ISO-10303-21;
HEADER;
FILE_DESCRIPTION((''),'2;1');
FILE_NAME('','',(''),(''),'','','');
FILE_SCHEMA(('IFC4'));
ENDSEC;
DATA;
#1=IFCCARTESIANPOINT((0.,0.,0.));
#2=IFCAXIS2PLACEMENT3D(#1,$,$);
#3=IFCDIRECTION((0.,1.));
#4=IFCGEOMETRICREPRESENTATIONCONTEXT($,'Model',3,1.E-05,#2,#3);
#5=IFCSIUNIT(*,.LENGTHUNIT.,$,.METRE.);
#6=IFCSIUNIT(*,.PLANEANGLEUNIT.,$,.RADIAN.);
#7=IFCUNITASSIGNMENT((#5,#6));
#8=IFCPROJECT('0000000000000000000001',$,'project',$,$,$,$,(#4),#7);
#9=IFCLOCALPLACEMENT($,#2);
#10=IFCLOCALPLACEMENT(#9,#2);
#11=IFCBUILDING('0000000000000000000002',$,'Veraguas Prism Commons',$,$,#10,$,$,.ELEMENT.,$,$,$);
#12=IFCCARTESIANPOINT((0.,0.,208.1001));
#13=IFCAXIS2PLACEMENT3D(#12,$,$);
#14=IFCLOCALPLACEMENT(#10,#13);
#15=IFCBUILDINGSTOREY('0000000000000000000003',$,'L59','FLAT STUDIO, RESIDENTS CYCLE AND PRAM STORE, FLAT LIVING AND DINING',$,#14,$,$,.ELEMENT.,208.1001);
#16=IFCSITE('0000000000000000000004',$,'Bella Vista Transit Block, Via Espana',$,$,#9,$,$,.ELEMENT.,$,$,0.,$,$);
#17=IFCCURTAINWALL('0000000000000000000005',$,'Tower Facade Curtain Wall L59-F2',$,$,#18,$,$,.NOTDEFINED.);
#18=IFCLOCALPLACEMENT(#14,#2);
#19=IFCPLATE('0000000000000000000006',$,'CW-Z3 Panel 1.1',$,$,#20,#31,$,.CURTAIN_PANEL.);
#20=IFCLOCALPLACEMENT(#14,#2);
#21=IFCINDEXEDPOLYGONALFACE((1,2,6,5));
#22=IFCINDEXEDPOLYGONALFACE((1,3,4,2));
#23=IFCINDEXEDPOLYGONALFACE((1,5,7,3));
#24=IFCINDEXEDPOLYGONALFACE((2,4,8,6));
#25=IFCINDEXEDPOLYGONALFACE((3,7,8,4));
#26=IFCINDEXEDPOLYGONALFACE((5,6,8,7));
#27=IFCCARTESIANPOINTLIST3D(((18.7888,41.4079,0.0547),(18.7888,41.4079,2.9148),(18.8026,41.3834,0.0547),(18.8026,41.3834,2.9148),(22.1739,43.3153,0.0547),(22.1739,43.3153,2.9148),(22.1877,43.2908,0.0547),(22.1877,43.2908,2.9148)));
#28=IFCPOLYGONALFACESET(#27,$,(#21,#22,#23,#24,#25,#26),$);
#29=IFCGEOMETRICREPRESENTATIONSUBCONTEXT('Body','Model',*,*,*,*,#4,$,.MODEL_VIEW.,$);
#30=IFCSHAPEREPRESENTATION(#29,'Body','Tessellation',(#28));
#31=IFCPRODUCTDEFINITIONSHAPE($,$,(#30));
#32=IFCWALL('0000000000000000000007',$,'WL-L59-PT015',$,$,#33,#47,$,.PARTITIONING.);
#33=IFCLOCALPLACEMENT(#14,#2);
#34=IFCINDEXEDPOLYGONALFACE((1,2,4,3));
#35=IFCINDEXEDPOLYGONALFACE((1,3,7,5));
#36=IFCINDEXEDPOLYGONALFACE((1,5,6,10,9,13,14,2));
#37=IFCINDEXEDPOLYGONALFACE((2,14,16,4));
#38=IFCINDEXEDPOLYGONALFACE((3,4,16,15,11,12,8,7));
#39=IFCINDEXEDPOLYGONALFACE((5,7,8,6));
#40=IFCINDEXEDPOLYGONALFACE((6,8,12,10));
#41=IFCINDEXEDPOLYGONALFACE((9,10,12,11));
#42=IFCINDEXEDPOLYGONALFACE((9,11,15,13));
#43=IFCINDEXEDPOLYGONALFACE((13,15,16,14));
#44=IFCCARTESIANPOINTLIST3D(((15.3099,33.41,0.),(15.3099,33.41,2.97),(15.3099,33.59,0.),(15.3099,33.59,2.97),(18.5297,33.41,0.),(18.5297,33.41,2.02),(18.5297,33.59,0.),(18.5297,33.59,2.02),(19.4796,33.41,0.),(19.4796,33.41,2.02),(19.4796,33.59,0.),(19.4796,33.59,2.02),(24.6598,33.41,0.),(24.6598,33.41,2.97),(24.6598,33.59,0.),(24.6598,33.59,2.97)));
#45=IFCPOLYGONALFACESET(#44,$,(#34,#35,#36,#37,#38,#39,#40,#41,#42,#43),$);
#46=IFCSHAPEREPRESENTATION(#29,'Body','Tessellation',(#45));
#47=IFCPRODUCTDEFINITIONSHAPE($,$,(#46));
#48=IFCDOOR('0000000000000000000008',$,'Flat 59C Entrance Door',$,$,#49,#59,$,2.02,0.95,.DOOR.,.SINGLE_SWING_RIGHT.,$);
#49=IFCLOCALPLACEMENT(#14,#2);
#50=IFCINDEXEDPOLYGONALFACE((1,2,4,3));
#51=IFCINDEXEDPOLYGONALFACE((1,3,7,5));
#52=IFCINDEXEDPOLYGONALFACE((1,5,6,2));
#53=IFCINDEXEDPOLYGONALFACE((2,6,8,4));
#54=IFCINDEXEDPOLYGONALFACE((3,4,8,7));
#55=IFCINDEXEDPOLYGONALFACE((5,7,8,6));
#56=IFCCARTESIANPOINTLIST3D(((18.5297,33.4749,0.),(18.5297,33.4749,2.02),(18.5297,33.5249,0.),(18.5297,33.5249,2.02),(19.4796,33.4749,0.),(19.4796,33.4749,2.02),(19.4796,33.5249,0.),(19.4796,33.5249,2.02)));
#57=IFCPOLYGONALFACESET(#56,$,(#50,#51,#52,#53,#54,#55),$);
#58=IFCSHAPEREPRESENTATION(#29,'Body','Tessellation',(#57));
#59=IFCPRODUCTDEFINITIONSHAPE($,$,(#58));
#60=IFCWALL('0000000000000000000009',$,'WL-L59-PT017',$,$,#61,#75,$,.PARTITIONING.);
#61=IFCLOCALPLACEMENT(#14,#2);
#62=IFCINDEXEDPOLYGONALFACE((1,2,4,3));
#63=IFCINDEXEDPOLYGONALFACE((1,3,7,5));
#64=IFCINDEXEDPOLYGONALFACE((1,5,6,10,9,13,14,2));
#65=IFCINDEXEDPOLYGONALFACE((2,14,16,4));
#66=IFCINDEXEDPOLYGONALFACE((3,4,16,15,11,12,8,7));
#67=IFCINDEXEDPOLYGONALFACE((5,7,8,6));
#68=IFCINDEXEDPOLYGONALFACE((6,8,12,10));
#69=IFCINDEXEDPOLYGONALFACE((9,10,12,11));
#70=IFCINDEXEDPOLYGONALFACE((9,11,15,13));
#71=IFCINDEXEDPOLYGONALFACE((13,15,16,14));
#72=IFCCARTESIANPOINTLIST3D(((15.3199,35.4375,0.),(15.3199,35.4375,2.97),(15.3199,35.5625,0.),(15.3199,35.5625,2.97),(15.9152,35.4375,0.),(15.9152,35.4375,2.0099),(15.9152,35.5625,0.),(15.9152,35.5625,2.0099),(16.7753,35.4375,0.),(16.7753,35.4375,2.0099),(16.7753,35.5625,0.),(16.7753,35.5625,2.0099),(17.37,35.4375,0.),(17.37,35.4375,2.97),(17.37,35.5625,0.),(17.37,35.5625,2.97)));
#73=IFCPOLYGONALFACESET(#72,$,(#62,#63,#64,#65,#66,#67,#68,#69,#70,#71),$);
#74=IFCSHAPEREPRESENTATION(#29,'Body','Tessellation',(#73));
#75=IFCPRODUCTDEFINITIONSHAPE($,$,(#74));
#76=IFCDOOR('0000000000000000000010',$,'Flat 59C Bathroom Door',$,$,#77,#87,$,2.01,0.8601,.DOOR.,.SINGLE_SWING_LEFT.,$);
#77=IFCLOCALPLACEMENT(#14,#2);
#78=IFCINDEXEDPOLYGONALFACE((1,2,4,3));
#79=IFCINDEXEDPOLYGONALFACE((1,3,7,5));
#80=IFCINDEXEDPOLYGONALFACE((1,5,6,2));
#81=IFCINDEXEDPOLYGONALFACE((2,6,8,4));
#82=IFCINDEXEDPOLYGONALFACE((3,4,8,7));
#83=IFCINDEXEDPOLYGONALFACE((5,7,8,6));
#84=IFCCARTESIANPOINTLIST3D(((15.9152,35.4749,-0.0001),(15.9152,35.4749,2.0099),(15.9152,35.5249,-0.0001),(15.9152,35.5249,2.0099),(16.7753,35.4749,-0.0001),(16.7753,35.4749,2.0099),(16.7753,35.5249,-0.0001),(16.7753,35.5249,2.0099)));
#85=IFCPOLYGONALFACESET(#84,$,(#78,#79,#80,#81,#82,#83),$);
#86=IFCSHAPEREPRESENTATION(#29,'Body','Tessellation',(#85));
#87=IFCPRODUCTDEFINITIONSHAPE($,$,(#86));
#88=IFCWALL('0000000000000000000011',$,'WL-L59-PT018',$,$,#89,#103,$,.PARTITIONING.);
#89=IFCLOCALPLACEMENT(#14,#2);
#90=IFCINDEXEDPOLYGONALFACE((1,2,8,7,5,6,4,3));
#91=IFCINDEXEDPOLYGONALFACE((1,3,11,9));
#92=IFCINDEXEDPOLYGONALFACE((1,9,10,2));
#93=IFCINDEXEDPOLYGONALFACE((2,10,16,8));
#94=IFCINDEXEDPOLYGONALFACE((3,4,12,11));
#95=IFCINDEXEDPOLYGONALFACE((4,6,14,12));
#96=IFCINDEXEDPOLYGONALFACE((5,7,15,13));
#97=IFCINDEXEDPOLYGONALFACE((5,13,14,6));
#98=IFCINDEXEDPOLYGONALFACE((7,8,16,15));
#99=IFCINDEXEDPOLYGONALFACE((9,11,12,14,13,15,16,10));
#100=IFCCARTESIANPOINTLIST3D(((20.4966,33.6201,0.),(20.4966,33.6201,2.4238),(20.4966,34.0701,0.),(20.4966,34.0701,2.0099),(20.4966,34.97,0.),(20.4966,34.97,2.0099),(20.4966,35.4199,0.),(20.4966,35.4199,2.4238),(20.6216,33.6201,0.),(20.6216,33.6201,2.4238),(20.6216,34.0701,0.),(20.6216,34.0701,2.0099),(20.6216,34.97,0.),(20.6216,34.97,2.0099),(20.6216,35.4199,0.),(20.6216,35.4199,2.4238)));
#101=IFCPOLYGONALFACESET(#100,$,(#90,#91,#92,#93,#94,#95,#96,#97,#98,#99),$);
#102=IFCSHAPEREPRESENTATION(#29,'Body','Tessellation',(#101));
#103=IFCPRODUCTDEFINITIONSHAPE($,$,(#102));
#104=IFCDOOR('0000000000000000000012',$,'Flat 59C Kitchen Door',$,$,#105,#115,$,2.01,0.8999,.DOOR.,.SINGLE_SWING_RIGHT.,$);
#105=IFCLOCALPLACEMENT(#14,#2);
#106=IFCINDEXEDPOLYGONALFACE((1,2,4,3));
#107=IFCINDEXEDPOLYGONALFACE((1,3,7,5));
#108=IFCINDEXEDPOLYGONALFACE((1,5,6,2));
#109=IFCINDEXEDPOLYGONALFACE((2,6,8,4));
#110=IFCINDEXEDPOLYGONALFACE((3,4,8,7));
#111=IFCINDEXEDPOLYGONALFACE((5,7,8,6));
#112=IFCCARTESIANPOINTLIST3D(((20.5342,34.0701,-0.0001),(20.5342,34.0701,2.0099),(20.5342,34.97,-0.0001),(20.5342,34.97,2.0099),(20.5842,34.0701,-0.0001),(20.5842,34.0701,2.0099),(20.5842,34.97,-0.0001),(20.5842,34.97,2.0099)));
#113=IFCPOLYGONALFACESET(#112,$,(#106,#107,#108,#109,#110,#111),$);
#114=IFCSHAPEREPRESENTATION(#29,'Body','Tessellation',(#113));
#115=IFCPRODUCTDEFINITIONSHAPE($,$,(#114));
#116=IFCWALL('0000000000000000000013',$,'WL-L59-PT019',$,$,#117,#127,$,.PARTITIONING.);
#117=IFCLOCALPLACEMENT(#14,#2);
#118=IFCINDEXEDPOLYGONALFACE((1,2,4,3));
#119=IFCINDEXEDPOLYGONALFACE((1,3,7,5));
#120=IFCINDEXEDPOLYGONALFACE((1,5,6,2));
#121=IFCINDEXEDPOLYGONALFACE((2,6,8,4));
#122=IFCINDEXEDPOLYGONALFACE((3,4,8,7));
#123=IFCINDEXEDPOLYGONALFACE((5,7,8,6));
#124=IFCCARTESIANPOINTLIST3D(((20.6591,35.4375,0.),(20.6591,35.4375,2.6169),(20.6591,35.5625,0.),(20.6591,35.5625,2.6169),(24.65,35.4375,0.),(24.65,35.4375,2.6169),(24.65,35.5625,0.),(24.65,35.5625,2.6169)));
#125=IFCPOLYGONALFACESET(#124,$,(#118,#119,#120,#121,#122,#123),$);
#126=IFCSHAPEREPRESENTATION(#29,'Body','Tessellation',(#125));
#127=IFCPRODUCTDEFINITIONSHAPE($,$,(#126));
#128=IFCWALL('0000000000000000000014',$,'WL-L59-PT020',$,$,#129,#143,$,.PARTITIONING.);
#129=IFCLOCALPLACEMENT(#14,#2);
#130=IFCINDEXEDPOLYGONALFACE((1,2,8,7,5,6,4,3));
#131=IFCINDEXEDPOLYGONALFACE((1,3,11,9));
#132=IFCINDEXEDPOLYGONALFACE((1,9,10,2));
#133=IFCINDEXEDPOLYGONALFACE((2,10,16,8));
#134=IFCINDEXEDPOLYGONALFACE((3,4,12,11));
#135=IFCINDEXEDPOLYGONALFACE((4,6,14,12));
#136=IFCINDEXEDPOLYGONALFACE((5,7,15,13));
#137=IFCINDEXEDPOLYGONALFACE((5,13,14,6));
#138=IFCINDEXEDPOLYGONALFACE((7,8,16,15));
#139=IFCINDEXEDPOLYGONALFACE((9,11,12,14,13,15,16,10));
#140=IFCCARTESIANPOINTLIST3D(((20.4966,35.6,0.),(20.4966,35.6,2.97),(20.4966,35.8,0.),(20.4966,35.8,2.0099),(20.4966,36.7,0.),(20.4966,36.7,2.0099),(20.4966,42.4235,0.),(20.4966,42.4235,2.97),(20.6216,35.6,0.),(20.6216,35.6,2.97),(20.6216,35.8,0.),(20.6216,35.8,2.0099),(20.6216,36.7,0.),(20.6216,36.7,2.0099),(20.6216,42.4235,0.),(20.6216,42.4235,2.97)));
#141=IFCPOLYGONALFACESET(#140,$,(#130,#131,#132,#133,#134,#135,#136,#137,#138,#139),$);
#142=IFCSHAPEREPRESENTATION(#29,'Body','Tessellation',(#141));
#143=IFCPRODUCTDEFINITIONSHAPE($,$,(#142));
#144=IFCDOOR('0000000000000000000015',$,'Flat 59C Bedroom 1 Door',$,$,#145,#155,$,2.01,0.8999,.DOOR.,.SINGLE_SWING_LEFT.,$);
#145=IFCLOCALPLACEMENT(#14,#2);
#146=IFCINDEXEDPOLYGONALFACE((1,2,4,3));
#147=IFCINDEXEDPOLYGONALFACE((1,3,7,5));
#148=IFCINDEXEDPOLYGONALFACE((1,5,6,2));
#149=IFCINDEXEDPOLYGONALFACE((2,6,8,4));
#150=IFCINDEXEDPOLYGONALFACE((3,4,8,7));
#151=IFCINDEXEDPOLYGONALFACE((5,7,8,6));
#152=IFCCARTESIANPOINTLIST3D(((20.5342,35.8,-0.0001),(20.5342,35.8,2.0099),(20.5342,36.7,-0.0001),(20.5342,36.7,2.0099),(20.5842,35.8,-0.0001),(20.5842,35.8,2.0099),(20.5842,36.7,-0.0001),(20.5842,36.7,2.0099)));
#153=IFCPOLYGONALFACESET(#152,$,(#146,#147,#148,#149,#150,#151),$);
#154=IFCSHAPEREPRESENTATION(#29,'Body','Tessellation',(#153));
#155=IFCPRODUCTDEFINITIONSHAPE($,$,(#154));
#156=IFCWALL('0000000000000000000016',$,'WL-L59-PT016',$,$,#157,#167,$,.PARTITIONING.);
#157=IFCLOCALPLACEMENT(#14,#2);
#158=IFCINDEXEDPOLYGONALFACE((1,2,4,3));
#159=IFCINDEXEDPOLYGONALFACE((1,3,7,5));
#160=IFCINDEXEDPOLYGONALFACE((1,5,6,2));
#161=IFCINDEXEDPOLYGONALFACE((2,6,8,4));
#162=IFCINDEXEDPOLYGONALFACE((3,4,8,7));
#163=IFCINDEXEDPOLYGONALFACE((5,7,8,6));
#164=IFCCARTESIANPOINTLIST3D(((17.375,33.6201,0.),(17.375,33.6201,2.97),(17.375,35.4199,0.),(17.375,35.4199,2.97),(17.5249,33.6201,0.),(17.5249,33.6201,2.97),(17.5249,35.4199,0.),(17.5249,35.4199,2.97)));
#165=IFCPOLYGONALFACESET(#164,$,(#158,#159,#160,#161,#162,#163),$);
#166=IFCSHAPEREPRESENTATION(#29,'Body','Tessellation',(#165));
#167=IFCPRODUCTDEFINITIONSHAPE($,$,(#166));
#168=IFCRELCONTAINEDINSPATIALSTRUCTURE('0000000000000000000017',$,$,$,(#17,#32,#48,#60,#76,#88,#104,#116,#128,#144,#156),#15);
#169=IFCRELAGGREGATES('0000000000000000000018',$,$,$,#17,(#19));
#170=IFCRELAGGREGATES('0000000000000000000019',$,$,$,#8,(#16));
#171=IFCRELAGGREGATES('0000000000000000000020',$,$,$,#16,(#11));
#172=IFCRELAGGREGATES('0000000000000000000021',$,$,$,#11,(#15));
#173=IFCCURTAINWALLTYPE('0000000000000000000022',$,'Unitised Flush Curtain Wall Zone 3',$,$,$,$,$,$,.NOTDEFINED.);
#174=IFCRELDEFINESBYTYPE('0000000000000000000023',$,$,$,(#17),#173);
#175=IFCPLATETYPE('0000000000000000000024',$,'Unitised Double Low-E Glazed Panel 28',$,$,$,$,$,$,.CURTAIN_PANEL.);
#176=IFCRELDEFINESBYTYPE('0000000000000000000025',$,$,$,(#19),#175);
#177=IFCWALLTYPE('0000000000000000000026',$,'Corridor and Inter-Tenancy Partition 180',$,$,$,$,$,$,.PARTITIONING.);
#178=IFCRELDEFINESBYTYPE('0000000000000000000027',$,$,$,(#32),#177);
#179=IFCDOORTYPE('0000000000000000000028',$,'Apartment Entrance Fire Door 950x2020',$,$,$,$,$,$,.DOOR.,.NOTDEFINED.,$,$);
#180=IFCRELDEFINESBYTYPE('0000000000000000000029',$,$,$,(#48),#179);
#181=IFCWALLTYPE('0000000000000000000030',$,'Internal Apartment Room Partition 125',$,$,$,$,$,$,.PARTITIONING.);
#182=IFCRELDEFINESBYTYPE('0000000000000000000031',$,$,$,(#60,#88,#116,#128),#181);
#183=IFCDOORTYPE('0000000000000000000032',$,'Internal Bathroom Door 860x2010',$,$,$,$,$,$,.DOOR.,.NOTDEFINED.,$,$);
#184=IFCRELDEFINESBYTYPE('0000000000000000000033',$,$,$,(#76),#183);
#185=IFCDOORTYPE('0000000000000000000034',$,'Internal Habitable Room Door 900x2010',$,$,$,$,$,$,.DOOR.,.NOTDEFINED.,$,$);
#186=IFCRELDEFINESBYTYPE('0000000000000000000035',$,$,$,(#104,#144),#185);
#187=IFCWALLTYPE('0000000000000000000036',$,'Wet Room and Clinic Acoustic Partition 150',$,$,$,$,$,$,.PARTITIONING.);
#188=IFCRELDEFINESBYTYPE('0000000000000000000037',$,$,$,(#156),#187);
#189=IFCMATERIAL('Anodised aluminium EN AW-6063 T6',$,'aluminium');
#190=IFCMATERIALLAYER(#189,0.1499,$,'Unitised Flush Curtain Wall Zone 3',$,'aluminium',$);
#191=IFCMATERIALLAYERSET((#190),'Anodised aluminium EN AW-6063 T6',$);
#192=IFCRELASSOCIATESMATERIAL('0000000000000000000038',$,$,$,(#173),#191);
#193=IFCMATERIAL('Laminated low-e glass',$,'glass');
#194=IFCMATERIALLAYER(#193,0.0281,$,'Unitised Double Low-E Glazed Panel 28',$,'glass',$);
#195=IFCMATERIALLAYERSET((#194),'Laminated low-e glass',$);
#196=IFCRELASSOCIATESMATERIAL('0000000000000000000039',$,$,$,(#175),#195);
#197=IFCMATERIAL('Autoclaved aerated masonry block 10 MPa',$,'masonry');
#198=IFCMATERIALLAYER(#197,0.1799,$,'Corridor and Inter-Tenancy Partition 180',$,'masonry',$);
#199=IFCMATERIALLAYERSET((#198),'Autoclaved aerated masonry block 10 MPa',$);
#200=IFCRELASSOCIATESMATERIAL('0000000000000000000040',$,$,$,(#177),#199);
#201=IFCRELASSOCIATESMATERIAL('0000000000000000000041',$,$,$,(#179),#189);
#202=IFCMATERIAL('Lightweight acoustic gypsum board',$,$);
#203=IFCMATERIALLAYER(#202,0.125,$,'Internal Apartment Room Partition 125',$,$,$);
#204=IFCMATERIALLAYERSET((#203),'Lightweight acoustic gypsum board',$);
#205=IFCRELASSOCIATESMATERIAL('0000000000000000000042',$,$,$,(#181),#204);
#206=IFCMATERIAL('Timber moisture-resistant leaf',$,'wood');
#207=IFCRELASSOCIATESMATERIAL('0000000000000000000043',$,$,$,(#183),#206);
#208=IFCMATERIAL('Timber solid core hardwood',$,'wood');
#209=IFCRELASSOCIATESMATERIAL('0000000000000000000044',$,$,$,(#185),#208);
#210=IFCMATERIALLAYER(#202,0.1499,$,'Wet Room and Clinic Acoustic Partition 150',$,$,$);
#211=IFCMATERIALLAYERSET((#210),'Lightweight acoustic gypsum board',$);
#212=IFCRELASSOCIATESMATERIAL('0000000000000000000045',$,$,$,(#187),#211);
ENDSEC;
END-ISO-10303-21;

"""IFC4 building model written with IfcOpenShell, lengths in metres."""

from ifc_helpers import new_model, si_unit, direction, frame, frame_2d, origin, origin_2d, place, context, subcontext, project, spatial, rectangle, extrude, source, transform, mapped, material, layer, layer_set, type_object, element, fill, aggregate, save


model = new_model("IFC4")

# Units and contexts
model_context = context("Model", 3, precision=1e-05, world=origin(), true_north=direction((0.0, 1.0)))
body_context = subcontext(model_context, "Body", "Model", "MODEL_VIEW")
ifc_project = project(units=[si_unit("LENGTHUNIT", "METRE"), si_unit("PLANEANGLEUNIT", "RADIAN")], contexts=[model_context])

# Site, building, storey
site_placement = place(None, origin())
site = spatial("IfcSite", under=ifc_project, at=site_placement, Name="Bella Vista Transit Block, Via Espana", CompositionType="ELEMENT", RefElevation=0.0)
building_placement = place(site_placement, origin())
building = spatial("IfcBuilding", under=site, at=building_placement, Name="Veraguas Prism Commons", CompositionType="ELEMENT")
storey_placement = place(building_placement, frame((0.0, 0.0, 208.1001)))
storey = spatial("IfcBuildingStorey", under=building, at=storey_placement, Name="L59", Description="FLAT STUDIO, RESIDENTS CYCLE AND PRAM STORE, FLAT LIVING AND DINING", CompositionType="ELEMENT", Elevation=208.1001)

# Curtain wall, plate
ifc_material_1 = material(Name="Anodised aluminium EN AW-6063 T6", Category="aluminium")
ifc_layer_1 = layer(ifc_material_1, 0.1499, Name="Unitised Flush Curtain Wall Zone 3", Category="aluminium")
ifc_layer_set_1 = layer_set([ifc_layer_1], Name="Anodised aluminium EN AW-6063 T6")
curtain_wall_type = type_object("IfcCurtainWallType", Name="Unitised Flush Curtain Wall Zone 3", PredefinedType="NOTDEFINED", material=ifc_layer_set_1)
curtain_wall_placement = place(storey_placement, origin())
curtain_wall = element("IfcCurtainWall", 1, at=curtain_wall_placement, inside=storey, type_object=curtain_wall_type, Name="Tower Facade Curtain Wall L59-F2", PredefinedType="NOTDEFINED")
ifc_material_2 = material(Name="Laminated low-e glass", Category="glass")
ifc_layer_2 = layer(ifc_material_2, 0.0281, Name="Unitised Double Low-E Glazed Panel 28", Category="glass")
ifc_layer_set_2 = layer_set([ifc_layer_2], Name="Laminated low-e glass")
plate_type = type_object("IfcPlateType", Name="Unitised Double Low-E Glazed Panel 28", PredefinedType="CURTAIN_PANEL", material=ifc_layer_set_2)
shared_shape_1 = source(origin(), body_context, "Body", "SweptSolid", [
    extrude(rectangle(XDim=3.8855, YDim=0.0281, at=origin_2d()), origin(), (0.0, 0.0, 1.0), 2.8601),
])
plate_1_placement = place(storey_placement, frame((20.4883, 42.3494, 0.0547), z_axis=(0.0, 0.0, 1.0), x_axis=(-0.871216, -0.490901, 0.0)))
plate_1 = element("IfcPlate", 2, at=plate_1_placement, type_object=plate_type, Name="CW-Z3 Panel 1.1", PredefinedType="CURTAIN_PANEL", context=body_context, shape_type="MappedRepresentation", body=[
    mapped(shared_shape_1, transform((0.0, 0.0, 0.0), scale=1.0)),
])
aggregate(curtain_wall, [plate_1])

# Walls, openings, doors
ifc_material_3 = material(Name="Autoclaved aerated masonry block 10 MPa", Category="masonry")
ifc_layer_3 = layer(ifc_material_3, 0.1799, Name="Corridor and Inter-Tenancy Partition 180", Category="masonry")
ifc_layer_set_3 = layer_set([ifc_layer_3], Name="Autoclaved aerated masonry block 10 MPa")
wall_type_1 = type_object("IfcWallType", Name="Corridor and Inter-Tenancy Partition 180", PredefinedType="PARTITIONING", material=ifc_layer_set_3)
wall_1_placement = place(storey_placement, frame((15.3101, 33.5, 0.0), z_axis=(0.0, 0.0, 1.0), x_axis=(1.0, 0.0, 0.0)))
wall_1 = element("IfcWall", 3, at=wall_1_placement, inside=storey, type_object=wall_type_1, Name="WL-L59-PT015", PredefinedType="PARTITIONING", context=body_context, shape_type="SweptSolid", body=[
    extrude(rectangle(XDim=9.3499, YDim=0.1799, at=frame_2d((4.6748, 0.0))), origin(), (0.0, 0.0, 1.0), 2.97),
])
opening_1_placement = place(wall_1_placement, frame((3.2195, 0.0, 0.0)))
opening_1 = element("IfcOpeningElement", 4, at=opening_1_placement, cuts=wall_1, PredefinedType="OPENING", context=body_context, shape_type="SweptSolid", body=[
    extrude(rectangle(XDim=0.95, YDim=2.02, at=frame_2d((0.4751, 1.01))), frame((0.0, 0.0999, 0.0), z_axis=(0.0, -1.0, 0.0), x_axis=(1.0, 0.0, 0.0)), (0.0, 0.0, 1.0), 0.2),
])
door_type_1 = type_object("IfcDoorType", Name="Apartment Entrance Fire Door 950x2020", OperationType="NOTDEFINED", PredefinedType="DOOR", material=ifc_material_1)
shared_shape_2 = source(origin(), body_context, "Body", "SweptSolid", [
    extrude(rectangle(XDim=0.95, YDim=2.02, at=frame_2d((0.4751, 1.01))), frame((0.0, 0.0249, 0.0), z_axis=(0.0, -1.0, 0.0), x_axis=(1.0, 0.0, 0.0)), (0.0, 0.0, 1.0), 0.05),
])
door_1_placement = place(opening_1_placement, origin())
door_1 = element("IfcDoor", 5, at=door_1_placement, inside=storey, type_object=door_type_1, Name="Flat 59C Entrance Door", OperationType="SINGLE_SWING_RIGHT", OverallHeight=2.02, OverallWidth=0.95, PredefinedType="DOOR", context=body_context, shape_type="MappedRepresentation", body=[
    mapped(shared_shape_2, transform((0.0, 0.0, 0.0), scale=1.0)),
])
fill(opening_1, door_1)
ifc_material_4 = material(Name="Lightweight acoustic gypsum board")
ifc_layer_4 = layer(ifc_material_4, 0.125, Name="Internal Apartment Room Partition 125")
ifc_layer_set_4 = layer_set([ifc_layer_4], Name="Lightweight acoustic gypsum board")
wall_type_2 = type_object("IfcWallType", Name="Internal Apartment Room Partition 125", PredefinedType="PARTITIONING", material=ifc_layer_set_4)
wall_2_placement = place(storey_placement, frame((15.3201, 35.5, 0.0), z_axis=(0.0, 0.0, 1.0), x_axis=(1.0, 0.0, 0.0)))
wall_2 = element("IfcWall", 6, at=wall_2_placement, inside=storey, type_object=wall_type_2, Name="WL-L59-PT017", PredefinedType="PARTITIONING", context=body_context, shape_type="SweptSolid", body=[
    extrude(rectangle(XDim=2.05, YDim=0.125, at=frame_2d((1.0249, 0.0))), origin(), (0.0, 0.0, 1.0), 2.97),
])
opening_2_placement = place(wall_2_placement, frame((0.595, 0.0, 0.0)))
opening_2 = element("IfcOpeningElement", 7, at=opening_2_placement, cuts=wall_2, PredefinedType="OPENING", context=body_context, shape_type="SweptSolid", body=[
    extrude(rectangle(XDim=0.8601, YDim=2.01, at=frame_2d((0.4302, 1.0049))), frame((0.0, 0.0725, 0.0), z_axis=(0.0, -1.0, 0.0), x_axis=(1.0, 0.0, 0.0)), (0.0, 0.0, 1.0), 0.145),
])
ifc_material_5 = material(Name="Timber moisture-resistant leaf", Category="wood")
door_type_2 = type_object("IfcDoorType", Name="Internal Bathroom Door 860x2010", OperationType="NOTDEFINED", PredefinedType="DOOR", material=ifc_material_5)
shared_shape_3 = source(origin(), body_context, "Body", "SweptSolid", [
    extrude(rectangle(XDim=0.8601, YDim=2.01, at=frame_2d((0.4302, 1.0049))), frame((0.0, 0.0249, 0.0), z_axis=(0.0, -1.0, 0.0), x_axis=(1.0, 0.0, 0.0)), (0.0, 0.0, 1.0), 0.05),
])
door_2_placement = place(opening_2_placement, origin())
door_2 = element("IfcDoor", 8, at=door_2_placement, inside=storey, type_object=door_type_2, Name="Flat 59C Bathroom Door", OperationType="SINGLE_SWING_LEFT", OverallHeight=2.01, OverallWidth=0.8601, PredefinedType="DOOR", context=body_context, shape_type="MappedRepresentation", body=[
    mapped(shared_shape_3, transform((0.0, 0.0, 0.0), scale=1.0)),
])
fill(opening_2, door_2)
wall_3_placement = place(storey_placement, frame((20.5591, 33.6201, 0.0), z_axis=(0.0, 0.0, 1.0), x_axis=(0.0, 1.0, 0.0)))
wall_3 = element("IfcWall", 9, at=wall_3_placement, inside=storey, type_object=wall_type_2, Name="WL-L59-PT018", PredefinedType="PARTITIONING", context=body_context, shape_type="SweptSolid", body=[
    extrude(rectangle(XDim=1.7998, YDim=0.125, at=frame_2d((0.8999, 0.0))), origin(), (0.0, 0.0, 1.0), 2.4238),
])
opening_3_placement = place(wall_3_placement, frame((0.45, 0.0, 0.0)))
opening_3 = element("IfcOpeningElement", 10, at=opening_3_placement, cuts=wall_3, PredefinedType="OPENING", context=body_context, shape_type="SweptSolid", body=[
    extrude(rectangle(XDim=0.8999, YDim=2.01, at=frame_2d((0.45, 1.0049))), frame((0.0, 0.0725, 0.0), z_axis=(0.0, -1.0, 0.0), x_axis=(1.0, 0.0, 0.0)), (0.0, 0.0, 1.0), 0.145),
])
ifc_material_6 = material(Name="Timber solid core hardwood", Category="wood")
door_type_3 = type_object("IfcDoorType", Name="Internal Habitable Room Door 900x2010", OperationType="NOTDEFINED", PredefinedType="DOOR", material=ifc_material_6)
shared_shape_4 = source(origin(), body_context, "Body", "SweptSolid", [
    extrude(rectangle(XDim=0.8999, YDim=2.01, at=frame_2d((0.45, 1.0049))), frame((0.0, 0.0249, 0.0), z_axis=(0.0, -1.0, 0.0), x_axis=(1.0, 0.0, 0.0)), (0.0, 0.0, 1.0), 0.05),
])
door_3_placement = place(opening_3_placement, origin())
door_3 = element("IfcDoor", 11, at=door_3_placement, inside=storey, type_object=door_type_3, Name="Flat 59C Kitchen Door", OperationType="SINGLE_SWING_RIGHT", OverallHeight=2.01, OverallWidth=0.8999, PredefinedType="DOOR", context=body_context, shape_type="MappedRepresentation", body=[
    mapped(shared_shape_4, transform((0.0, 0.0, 0.0), scale=1.0)),
])
fill(opening_3, door_3)

# Wall
wall_4_placement = place(storey_placement, frame((20.6589, 35.5, 0.0), z_axis=(0.0, 0.0, 1.0), x_axis=(1.0, 0.0, 0.0)))
element("IfcWall", 12, at=wall_4_placement, inside=storey, type_object=wall_type_2, Name="WL-L59-PT019", PredefinedType="PARTITIONING", context=body_context, shape_type="SweptSolid", body=[
    extrude(rectangle(XDim=3.991, YDim=0.125, at=frame_2d((1.9956, 0.0))), origin(), (0.0, 0.0, 1.0), 2.6169),
])

# Wall, opening, door
wall_5_placement = place(storey_placement, frame((20.5591, 35.6001, 0.0), z_axis=(0.0, 0.0, 1.0), x_axis=(0.0, 1.0, 0.0)))
wall_5 = element("IfcWall", 13, at=wall_5_placement, inside=storey, type_object=wall_type_2, Name="WL-L59-PT020", PredefinedType="PARTITIONING", context=body_context, shape_type="SweptSolid", body=[
    extrude(rectangle(XDim=6.8235, YDim=0.125, at=frame_2d((3.4116, 0.0))), origin(), (0.0, 0.0, 1.0), 2.97),
])
opening_4_placement = place(wall_5_placement, frame((0.2, 0.0, 0.0)))
opening_4 = element("IfcOpeningElement", 14, at=opening_4_placement, cuts=wall_5, PredefinedType="OPENING", context=body_context, shape_type="SweptSolid", body=[
    extrude(rectangle(XDim=0.8999, YDim=2.01, at=frame_2d((0.45, 1.0049))), frame((0.0, 0.0725, 0.0), z_axis=(0.0, -1.0, 0.0), x_axis=(1.0, 0.0, 0.0)), (0.0, 0.0, 1.0), 0.145),
])
door_4_placement = place(opening_4_placement, origin())
door_4 = element("IfcDoor", 15, at=door_4_placement, inside=storey, type_object=door_type_3, Name="Flat 59C Bedroom 1 Door", OperationType="SINGLE_SWING_LEFT", OverallHeight=2.01, OverallWidth=0.8999, PredefinedType="DOOR", context=body_context, shape_type="MappedRepresentation", body=[
    mapped(shared_shape_4, transform((0.0, 0.0, 0.0), scale=1.0)),
])
fill(opening_4, door_4)

# Wall
ifc_layer_5 = layer(ifc_material_4, 0.1499, Name="Wet Room and Clinic Acoustic Partition 150")
ifc_layer_set_5 = layer_set([ifc_layer_5], Name="Lightweight acoustic gypsum board")
wall_type_3 = type_object("IfcWallType", Name="Wet Room and Clinic Acoustic Partition 150", PredefinedType="PARTITIONING", material=ifc_layer_set_5)
wall_6_placement = place(storey_placement, frame((17.45, 33.6201, 0.0), z_axis=(0.0, 0.0, 1.0), x_axis=(0.0, 1.0, 0.0)))
element("IfcWall", 16, at=wall_6_placement, inside=storey, type_object=wall_type_3, Name="WL-L59-PT016", PredefinedType="PARTITIONING", context=body_context, shape_type="SweptSolid", body=[
    extrude(rectangle(XDim=1.7998, YDim=0.1499, at=frame_2d((0.8999, 0.0))), origin(), (0.0, 0.0, 1.0), 2.97),
])

save(model, "model.ifc")
